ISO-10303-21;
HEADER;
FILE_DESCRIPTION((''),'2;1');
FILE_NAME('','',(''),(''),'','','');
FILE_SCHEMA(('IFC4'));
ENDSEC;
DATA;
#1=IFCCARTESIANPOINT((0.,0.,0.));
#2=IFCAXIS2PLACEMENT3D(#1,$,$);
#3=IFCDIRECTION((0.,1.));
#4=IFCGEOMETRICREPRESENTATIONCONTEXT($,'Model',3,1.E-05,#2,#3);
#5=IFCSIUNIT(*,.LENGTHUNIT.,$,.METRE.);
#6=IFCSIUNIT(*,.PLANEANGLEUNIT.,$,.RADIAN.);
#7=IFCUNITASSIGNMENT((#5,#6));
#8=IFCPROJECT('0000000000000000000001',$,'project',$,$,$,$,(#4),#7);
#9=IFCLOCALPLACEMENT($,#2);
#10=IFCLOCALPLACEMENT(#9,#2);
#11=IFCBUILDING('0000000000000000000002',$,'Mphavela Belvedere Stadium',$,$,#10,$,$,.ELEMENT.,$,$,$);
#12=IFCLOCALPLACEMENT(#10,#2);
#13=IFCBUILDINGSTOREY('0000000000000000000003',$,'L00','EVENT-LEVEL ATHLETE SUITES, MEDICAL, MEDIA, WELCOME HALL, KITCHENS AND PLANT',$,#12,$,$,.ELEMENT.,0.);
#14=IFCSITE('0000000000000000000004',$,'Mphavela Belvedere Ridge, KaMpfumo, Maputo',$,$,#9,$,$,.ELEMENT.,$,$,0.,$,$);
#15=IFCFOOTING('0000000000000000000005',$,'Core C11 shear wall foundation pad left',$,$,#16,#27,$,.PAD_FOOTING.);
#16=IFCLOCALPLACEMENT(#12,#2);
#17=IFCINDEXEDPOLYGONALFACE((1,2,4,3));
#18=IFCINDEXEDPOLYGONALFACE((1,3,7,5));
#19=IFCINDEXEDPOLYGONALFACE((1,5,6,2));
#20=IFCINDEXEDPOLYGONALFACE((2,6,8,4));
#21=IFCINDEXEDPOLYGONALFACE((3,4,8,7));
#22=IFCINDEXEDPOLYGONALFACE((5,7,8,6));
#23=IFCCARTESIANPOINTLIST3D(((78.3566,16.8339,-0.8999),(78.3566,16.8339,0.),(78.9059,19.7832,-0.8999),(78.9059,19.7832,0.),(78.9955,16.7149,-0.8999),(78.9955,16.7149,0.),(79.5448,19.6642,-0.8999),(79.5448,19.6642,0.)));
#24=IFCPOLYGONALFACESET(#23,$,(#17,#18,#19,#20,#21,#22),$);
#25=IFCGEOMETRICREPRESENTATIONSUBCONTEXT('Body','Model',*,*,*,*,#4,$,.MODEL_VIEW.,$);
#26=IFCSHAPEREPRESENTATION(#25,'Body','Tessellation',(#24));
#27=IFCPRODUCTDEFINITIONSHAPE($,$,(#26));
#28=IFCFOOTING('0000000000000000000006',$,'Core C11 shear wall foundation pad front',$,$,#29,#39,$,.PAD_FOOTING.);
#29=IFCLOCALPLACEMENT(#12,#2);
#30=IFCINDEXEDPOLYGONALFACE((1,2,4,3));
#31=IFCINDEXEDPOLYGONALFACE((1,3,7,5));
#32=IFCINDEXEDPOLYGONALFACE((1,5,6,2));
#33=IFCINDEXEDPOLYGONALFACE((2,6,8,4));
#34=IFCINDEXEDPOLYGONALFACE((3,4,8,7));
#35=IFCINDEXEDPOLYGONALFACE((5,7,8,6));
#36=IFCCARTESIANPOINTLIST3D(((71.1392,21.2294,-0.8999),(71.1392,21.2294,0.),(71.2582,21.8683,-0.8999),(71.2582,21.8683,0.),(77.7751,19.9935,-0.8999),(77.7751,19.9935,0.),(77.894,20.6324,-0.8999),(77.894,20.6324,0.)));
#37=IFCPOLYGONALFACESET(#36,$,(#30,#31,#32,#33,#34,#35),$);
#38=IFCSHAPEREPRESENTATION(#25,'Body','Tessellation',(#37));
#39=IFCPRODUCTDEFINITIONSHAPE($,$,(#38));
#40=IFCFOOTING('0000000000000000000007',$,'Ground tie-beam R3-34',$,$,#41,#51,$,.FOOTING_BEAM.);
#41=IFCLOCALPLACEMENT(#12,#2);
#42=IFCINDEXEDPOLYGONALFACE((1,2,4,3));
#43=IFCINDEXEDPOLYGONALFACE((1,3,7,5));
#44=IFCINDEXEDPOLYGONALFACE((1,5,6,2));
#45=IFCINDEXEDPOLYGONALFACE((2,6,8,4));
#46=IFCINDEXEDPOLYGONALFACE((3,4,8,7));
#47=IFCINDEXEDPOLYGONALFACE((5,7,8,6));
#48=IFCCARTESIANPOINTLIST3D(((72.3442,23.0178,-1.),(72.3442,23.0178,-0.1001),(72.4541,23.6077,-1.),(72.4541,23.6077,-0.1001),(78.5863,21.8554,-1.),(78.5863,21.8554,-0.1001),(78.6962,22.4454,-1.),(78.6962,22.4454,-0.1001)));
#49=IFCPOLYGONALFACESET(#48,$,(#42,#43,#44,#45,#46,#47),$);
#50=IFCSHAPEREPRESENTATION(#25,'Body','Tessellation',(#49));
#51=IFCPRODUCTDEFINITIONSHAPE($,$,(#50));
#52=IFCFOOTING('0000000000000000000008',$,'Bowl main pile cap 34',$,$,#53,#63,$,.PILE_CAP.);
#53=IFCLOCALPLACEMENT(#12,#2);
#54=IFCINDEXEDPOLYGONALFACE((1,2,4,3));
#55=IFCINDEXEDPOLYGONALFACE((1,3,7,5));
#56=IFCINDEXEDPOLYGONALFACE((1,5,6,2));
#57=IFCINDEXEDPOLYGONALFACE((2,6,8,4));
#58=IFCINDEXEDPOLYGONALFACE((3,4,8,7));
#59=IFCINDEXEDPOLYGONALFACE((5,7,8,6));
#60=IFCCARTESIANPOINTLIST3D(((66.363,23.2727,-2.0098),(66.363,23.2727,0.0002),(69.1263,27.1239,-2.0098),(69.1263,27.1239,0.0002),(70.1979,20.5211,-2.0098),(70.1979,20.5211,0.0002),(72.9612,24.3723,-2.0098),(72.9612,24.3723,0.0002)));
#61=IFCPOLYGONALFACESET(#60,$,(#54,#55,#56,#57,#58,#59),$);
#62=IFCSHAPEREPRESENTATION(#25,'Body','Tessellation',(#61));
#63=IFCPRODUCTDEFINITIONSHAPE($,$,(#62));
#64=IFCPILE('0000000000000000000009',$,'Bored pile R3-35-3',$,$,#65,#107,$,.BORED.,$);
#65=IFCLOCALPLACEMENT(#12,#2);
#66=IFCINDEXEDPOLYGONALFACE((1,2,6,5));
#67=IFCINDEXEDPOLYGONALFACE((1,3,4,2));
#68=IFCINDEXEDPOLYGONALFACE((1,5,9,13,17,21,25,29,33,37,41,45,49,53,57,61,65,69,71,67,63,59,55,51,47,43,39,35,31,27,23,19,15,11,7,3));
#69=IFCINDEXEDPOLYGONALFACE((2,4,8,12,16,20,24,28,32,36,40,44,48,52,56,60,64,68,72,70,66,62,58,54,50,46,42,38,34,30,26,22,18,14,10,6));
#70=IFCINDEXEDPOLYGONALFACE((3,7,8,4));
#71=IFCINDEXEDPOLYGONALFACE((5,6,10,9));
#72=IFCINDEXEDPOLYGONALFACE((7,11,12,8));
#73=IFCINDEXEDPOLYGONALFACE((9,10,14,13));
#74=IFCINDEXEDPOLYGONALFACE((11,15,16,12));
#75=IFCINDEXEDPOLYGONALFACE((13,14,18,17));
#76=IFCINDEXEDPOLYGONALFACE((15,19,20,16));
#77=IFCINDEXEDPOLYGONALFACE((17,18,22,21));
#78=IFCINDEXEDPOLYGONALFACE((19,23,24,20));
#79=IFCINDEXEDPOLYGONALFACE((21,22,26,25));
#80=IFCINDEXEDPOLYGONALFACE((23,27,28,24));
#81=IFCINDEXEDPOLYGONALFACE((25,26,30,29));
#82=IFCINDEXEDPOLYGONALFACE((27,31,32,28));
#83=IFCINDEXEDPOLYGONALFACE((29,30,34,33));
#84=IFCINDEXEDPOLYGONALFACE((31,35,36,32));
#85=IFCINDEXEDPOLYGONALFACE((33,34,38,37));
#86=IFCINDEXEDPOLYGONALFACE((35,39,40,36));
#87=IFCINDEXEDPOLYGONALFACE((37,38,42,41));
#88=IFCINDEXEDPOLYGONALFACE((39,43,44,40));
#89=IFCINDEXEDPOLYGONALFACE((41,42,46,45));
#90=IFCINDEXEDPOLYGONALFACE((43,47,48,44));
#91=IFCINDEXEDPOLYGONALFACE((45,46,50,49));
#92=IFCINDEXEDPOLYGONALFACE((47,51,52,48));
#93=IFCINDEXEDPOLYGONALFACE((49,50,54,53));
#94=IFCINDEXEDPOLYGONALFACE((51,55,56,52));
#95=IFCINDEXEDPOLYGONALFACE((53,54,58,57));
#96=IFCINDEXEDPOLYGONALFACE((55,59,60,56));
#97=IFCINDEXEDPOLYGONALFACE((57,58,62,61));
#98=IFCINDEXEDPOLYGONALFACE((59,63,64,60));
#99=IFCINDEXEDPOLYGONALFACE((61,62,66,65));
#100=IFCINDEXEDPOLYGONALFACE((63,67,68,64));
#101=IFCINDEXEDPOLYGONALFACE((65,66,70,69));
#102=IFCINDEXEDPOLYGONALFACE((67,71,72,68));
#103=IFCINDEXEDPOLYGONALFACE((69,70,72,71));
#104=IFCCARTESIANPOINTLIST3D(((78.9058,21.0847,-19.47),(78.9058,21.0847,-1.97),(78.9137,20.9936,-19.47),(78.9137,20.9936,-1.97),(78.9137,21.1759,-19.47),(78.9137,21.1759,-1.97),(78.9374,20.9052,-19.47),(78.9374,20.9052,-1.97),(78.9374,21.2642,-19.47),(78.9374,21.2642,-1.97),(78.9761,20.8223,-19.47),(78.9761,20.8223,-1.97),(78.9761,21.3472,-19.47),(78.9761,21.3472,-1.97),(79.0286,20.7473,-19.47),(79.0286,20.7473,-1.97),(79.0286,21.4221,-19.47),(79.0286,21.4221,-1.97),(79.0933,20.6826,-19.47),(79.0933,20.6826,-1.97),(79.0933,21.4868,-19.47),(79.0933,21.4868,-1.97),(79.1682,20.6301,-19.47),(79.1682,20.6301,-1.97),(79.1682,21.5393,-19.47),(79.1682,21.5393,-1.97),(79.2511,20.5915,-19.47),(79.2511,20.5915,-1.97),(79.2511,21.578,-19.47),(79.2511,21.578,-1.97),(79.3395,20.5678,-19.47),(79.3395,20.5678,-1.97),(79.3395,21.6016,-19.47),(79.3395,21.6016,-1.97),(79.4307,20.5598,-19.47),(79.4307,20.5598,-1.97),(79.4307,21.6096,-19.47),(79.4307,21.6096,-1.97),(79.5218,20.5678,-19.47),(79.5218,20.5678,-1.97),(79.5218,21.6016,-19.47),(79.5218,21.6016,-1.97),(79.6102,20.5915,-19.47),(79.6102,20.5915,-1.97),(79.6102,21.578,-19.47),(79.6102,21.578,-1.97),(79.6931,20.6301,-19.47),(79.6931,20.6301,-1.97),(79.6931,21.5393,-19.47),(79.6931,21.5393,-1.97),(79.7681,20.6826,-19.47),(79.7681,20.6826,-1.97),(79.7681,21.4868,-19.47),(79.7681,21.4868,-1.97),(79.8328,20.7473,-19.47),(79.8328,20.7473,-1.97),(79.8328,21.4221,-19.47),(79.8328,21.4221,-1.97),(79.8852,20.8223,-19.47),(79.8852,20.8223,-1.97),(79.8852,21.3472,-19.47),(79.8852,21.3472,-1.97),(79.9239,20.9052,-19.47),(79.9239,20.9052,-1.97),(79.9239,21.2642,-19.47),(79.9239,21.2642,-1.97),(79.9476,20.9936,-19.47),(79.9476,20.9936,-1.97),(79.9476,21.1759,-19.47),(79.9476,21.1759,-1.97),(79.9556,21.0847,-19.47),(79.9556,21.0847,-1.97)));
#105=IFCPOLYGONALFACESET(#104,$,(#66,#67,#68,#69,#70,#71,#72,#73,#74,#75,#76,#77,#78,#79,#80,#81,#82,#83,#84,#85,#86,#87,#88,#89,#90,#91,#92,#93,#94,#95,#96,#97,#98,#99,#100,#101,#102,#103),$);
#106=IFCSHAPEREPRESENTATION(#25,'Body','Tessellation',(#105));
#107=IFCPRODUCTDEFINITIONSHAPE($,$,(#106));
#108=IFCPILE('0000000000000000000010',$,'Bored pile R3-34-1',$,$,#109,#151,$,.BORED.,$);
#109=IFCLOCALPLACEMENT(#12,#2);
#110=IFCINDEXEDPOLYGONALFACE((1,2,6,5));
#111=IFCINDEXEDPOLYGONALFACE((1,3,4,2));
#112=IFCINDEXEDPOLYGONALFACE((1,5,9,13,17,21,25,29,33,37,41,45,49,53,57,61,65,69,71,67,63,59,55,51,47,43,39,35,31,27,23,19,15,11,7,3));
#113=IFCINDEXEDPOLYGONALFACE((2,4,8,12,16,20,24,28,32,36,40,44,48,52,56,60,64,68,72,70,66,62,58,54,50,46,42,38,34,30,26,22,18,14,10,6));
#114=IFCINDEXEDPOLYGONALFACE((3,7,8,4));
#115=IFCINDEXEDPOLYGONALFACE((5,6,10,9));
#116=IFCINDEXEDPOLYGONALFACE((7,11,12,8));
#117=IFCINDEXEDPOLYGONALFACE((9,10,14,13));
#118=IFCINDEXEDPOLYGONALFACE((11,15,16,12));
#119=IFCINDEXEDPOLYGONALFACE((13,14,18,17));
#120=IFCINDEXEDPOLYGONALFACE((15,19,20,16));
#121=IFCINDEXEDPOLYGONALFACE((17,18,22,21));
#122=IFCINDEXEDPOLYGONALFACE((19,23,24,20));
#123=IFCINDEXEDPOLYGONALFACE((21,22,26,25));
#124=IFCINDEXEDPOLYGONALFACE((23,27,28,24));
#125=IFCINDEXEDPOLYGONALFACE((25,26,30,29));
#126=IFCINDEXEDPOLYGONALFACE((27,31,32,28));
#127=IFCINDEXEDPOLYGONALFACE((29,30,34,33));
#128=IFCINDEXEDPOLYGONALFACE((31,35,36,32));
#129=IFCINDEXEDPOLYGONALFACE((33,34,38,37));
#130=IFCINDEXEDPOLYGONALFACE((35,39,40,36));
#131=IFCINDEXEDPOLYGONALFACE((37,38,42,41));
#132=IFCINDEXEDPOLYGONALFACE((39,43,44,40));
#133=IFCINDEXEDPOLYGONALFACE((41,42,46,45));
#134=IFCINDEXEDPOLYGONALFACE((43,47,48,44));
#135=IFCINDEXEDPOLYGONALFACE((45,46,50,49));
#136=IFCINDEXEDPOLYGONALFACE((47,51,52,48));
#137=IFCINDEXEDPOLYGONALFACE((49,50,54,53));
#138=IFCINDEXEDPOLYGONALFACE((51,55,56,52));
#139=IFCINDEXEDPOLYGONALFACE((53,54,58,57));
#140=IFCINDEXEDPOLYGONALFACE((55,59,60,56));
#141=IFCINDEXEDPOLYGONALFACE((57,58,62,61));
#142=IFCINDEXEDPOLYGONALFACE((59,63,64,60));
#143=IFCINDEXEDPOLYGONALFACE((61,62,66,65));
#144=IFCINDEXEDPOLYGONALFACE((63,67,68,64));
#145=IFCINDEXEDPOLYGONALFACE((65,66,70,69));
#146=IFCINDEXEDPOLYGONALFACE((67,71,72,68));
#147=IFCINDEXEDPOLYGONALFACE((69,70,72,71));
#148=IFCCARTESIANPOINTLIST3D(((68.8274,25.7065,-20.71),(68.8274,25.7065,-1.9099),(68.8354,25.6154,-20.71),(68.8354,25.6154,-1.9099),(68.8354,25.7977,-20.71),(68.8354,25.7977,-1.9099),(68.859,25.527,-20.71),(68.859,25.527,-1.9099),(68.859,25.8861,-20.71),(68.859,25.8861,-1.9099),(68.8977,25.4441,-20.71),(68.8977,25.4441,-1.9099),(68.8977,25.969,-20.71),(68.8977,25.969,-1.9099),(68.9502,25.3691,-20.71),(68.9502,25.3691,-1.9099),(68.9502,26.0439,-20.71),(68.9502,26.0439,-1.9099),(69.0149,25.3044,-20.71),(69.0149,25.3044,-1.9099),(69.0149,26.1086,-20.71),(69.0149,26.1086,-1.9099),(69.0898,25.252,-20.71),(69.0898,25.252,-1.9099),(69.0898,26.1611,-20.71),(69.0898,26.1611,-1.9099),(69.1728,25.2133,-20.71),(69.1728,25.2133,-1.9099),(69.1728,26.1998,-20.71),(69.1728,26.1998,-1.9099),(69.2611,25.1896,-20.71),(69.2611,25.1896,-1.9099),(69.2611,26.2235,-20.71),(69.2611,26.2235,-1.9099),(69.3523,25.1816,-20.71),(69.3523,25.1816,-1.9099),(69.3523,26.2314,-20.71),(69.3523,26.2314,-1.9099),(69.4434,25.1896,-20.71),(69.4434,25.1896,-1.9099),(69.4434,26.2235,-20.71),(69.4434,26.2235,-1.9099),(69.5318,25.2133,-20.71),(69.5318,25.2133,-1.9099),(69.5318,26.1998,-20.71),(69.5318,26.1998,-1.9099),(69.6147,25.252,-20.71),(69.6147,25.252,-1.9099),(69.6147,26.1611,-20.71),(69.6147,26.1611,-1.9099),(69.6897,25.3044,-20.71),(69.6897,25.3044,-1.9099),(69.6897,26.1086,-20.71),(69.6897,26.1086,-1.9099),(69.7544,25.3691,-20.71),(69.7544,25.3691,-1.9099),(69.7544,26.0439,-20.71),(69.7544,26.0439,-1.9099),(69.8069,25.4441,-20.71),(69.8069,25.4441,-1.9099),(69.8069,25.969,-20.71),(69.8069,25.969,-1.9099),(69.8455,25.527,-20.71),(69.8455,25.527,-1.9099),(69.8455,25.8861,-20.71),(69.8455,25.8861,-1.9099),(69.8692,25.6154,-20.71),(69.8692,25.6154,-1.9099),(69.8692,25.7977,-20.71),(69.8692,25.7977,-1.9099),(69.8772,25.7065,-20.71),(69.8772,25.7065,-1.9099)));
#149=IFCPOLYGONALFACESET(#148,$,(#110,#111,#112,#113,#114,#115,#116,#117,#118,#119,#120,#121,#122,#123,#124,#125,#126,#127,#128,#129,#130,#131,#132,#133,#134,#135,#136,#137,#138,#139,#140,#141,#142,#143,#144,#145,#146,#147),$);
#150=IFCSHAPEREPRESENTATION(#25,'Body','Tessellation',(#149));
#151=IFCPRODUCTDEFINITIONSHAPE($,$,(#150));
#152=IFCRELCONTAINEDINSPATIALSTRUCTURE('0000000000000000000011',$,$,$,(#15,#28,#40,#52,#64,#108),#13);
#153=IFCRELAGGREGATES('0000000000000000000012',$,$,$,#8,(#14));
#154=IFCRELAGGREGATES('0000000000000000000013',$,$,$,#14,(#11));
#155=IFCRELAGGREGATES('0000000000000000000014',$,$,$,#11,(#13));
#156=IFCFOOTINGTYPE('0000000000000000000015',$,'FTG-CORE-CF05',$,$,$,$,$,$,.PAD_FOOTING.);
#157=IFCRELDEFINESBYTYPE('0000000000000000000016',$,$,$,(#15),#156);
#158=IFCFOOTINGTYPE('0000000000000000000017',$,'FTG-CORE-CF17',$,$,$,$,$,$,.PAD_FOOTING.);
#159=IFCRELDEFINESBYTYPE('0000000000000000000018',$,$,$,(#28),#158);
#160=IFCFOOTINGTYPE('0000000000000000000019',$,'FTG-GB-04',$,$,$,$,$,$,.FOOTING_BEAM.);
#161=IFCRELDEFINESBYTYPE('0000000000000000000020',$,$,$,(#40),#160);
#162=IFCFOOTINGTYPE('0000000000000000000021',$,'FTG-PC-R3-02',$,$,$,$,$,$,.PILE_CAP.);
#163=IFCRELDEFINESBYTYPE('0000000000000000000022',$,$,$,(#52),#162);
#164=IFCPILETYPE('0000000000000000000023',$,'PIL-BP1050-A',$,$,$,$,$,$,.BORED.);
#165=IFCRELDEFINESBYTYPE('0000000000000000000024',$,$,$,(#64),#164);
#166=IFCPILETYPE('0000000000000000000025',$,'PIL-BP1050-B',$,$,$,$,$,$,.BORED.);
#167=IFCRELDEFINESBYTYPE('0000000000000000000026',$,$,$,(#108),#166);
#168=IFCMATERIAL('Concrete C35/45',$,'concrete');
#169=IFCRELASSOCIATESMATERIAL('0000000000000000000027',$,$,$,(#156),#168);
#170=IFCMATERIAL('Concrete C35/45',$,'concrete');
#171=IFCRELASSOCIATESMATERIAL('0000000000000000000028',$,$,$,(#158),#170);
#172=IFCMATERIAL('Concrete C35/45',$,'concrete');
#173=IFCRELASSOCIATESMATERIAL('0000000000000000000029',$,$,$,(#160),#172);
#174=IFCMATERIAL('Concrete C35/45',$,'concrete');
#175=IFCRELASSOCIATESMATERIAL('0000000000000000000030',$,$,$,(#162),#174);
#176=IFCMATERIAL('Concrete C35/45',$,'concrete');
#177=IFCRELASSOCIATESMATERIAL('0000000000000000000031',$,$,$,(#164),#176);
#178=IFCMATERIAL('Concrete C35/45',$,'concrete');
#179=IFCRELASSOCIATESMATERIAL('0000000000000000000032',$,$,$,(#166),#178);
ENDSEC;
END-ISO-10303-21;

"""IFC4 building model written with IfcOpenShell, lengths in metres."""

from ifc_helpers import new_model, si_unit, direction, frame, origin, origin_2d, place, context, subcontext, project, spatial, rectangle, circle, extrude, material, material_profile, profile_set, type_object, element, save


model = new_model("IFC4")

# Units and contexts
model_context = context("Model", 3, precision=1e-05, world=origin(), true_north=direction((0.0, 1.0)))
body_context = subcontext(model_context, "Body", "Model", "MODEL_VIEW")
ifc_project = project(units=[si_unit("LENGTHUNIT", "METRE"), si_unit("PLANEANGLEUNIT", "RADIAN")], contexts=[model_context])

# Site, building, storey
site_placement = place(None, origin())
site = spatial("IfcSite", under=ifc_project, at=site_placement, Name="Mphavela Belvedere Ridge, KaMpfumo, Maputo", CompositionType="ELEMENT", RefElevation=0.0)
building_placement = place(site_placement, origin())
building = spatial("IfcBuilding", under=site, at=building_placement, Name="Mphavela Belvedere Stadium", CompositionType="ELEMENT")
storey_placement = place(building_placement, origin())
storey = spatial("IfcBuildingStorey", under=building, at=storey_placement, Name="L00", Description="EVENT-LEVEL ATHLETE SUITES, MEDICAL, MEDIA, WELCOME HALL, KITCHENS AND PLANT", CompositionType="ELEMENT", Elevation=0.0)

# Footings
ifc_material_1 = material(Name="Concrete C35/45", Category="concrete")
footing_type_1 = type_object("IfcFootingType", Name="FTG-CORE-CF05", PredefinedType="PAD_FOOTING", material=ifc_material_1)
footing_1_placement = place(storey_placement, frame((78.9507, 18.249, -0.8999), z_axis=(0.0, 0.0, 1.0), x_axis=(-0.183094, -0.983096, 0.0)))
element("IfcFooting", 1, at=footing_1_placement, inside=storey, type_object=footing_type_1, Name="Core C11 shear wall foundation pad left", PredefinedType="PAD_FOOTING", context=body_context, shape_type="SweptSolid", body=[
    extrude(rectangle(XDim=3.0, YDim=0.6499, at=origin_2d()), origin(), (0.0, 0.0, 1.0), 0.8999),
])
ifc_material_2 = material(Name="Concrete C35/45", Category="concrete")
footing_type_2 = type_object("IfcFootingType", Name="FTG-CORE-CF17", PredefinedType="PAD_FOOTING", material=ifc_material_2)
footing_2_placement = place(storey_placement, frame((74.5166, 20.9309, -0.8999), z_axis=(0.0, 0.0, 1.0), x_axis=(-0.983096, 0.183094, 0.0)))
element("IfcFooting", 2, at=footing_2_placement, inside=storey, type_object=footing_type_2, Name="Core C11 shear wall foundation pad front", PredefinedType="PAD_FOOTING", context=body_context, shape_type="SweptSolid", body=[
    extrude(rectangle(XDim=6.75, YDim=0.6499, at=origin_2d()), origin(), (0.0, 0.0, 1.0), 0.8999),
])
ifc_material_3 = material(Name="Concrete C35/45", Category="concrete")
ifc_material_profile_1 = material_profile(ifc_material_3, rectangle(XDim=0.6001, YDim=0.8999, at=origin_2d()), Name="GB 600x900")
ifc_profile_set_1 = profile_set([ifc_material_profile_1], Name="Concrete C35/45")
footing_type_3 = type_object("IfcFootingType", Name="FTG-GB-04", PredefinedType="FOOTING_BEAM", material=ifc_profile_set_1)
footing_3_placement = place(storey_placement, frame((72.3992, 23.3127, -0.55), z_axis=(0.983101, -0.183063, 0.0), x_axis=(0.183063, 0.983101, 0.0)))
element("IfcFooting", 3, at=footing_3_placement, inside=storey, type_object=footing_type_3, Name="Ground tie-beam R3-34", PredefinedType="FOOTING_BEAM", context=body_context, shape_type="SweptSolid", body=[
    extrude(rectangle(XDim=0.6001, YDim=0.8999, at=origin_2d()), origin(), (0.0, 0.0, 1.0), 6.3494),
])
ifc_material_4 = material(Name="Concrete C35/45", Category="concrete")
footing_type_4 = type_object("IfcFootingType", Name="FTG-PC-R3-02", PredefinedType="PILE_CAP", material=ifc_material_4)
footing_4_placement = place(storey_placement, frame((69.6621, 23.8225, -2.0098), z_axis=(0.0, 0.0, 1.0), x_axis=(-0.582974, -0.812491, 0.0)))
element("IfcFooting", 4, at=footing_4_placement, inside=storey, type_object=footing_type_4, Name="Bowl main pile cap 34", PredefinedType="PILE_CAP", context=body_context, shape_type="SweptSolid", body=[
    extrude(rectangle(XDim=4.74, YDim=4.72, at=origin_2d()), origin(), (0.0, 0.0, 1.0), 2.01),
])

# Piles
ifc_material_5 = material(Name="Concrete C35/45", Category="concrete")
ifc_material_profile_2 = material_profile(ifc_material_5, circle(Radius=0.5249, at=origin_2d()), Name="BP D1050")
ifc_profile_set_2 = profile_set([ifc_material_profile_2], Name="Concrete C35/45")
pile_type_1 = type_object("IfcPileType", Name="PIL-BP1050-A", PredefinedType="BORED", material=ifc_profile_set_2)
pile_placement = place(storey_placement, frame((79.4307, 21.0847, -1.97), z_axis=(0.0, 0.0, -1.0), x_axis=(1.0, 0.0, 0.0)))
element("IfcPile", 5, at=pile_placement, inside=storey, type_object=pile_type_1, Name="Bored pile R3-35-3", PredefinedType="BORED", context=body_context, shape_type="SweptSolid", body=[
    extrude(circle(Radius=0.5249, at=origin_2d()), origin(), (0.0, 0.0, 1.0), 17.5),
])
ifc_material_6 = material(Name="Concrete C35/45", Category="concrete")
ifc_material_profile_3 = material_profile(ifc_material_6, circle(Radius=0.5249, at=origin_2d()), Name="BP D1050")
ifc_profile_set_3 = profile_set([ifc_material_profile_3], Name="Concrete C35/45")
pile_type_2 = type_object("IfcPileType", Name="PIL-BP1050-B", PredefinedType="BORED", material=ifc_profile_set_3)
for number, where, z_axis, x_axis, name in (
    (6, (69.3523, 25.7065, -1.9099), (0.0, 0.0, -1.0), (1.0, 0.0, 0.0), "Bored pile R3-34-1"),
):
    element("IfcPile", number, at=place(storey_placement, frame(where, z_axis=z_axis, x_axis=x_axis)), inside=storey, type_object=pile_type_2, Name=name, PredefinedType="BORED", context=body_context, shape_type="SweptSolid", body=[
        extrude(circle(Radius=0.5249, at=origin_2d()), origin(), (0.0, 0.0, 1.0), 18.8),
    ])

save(model, "model.ifc")
